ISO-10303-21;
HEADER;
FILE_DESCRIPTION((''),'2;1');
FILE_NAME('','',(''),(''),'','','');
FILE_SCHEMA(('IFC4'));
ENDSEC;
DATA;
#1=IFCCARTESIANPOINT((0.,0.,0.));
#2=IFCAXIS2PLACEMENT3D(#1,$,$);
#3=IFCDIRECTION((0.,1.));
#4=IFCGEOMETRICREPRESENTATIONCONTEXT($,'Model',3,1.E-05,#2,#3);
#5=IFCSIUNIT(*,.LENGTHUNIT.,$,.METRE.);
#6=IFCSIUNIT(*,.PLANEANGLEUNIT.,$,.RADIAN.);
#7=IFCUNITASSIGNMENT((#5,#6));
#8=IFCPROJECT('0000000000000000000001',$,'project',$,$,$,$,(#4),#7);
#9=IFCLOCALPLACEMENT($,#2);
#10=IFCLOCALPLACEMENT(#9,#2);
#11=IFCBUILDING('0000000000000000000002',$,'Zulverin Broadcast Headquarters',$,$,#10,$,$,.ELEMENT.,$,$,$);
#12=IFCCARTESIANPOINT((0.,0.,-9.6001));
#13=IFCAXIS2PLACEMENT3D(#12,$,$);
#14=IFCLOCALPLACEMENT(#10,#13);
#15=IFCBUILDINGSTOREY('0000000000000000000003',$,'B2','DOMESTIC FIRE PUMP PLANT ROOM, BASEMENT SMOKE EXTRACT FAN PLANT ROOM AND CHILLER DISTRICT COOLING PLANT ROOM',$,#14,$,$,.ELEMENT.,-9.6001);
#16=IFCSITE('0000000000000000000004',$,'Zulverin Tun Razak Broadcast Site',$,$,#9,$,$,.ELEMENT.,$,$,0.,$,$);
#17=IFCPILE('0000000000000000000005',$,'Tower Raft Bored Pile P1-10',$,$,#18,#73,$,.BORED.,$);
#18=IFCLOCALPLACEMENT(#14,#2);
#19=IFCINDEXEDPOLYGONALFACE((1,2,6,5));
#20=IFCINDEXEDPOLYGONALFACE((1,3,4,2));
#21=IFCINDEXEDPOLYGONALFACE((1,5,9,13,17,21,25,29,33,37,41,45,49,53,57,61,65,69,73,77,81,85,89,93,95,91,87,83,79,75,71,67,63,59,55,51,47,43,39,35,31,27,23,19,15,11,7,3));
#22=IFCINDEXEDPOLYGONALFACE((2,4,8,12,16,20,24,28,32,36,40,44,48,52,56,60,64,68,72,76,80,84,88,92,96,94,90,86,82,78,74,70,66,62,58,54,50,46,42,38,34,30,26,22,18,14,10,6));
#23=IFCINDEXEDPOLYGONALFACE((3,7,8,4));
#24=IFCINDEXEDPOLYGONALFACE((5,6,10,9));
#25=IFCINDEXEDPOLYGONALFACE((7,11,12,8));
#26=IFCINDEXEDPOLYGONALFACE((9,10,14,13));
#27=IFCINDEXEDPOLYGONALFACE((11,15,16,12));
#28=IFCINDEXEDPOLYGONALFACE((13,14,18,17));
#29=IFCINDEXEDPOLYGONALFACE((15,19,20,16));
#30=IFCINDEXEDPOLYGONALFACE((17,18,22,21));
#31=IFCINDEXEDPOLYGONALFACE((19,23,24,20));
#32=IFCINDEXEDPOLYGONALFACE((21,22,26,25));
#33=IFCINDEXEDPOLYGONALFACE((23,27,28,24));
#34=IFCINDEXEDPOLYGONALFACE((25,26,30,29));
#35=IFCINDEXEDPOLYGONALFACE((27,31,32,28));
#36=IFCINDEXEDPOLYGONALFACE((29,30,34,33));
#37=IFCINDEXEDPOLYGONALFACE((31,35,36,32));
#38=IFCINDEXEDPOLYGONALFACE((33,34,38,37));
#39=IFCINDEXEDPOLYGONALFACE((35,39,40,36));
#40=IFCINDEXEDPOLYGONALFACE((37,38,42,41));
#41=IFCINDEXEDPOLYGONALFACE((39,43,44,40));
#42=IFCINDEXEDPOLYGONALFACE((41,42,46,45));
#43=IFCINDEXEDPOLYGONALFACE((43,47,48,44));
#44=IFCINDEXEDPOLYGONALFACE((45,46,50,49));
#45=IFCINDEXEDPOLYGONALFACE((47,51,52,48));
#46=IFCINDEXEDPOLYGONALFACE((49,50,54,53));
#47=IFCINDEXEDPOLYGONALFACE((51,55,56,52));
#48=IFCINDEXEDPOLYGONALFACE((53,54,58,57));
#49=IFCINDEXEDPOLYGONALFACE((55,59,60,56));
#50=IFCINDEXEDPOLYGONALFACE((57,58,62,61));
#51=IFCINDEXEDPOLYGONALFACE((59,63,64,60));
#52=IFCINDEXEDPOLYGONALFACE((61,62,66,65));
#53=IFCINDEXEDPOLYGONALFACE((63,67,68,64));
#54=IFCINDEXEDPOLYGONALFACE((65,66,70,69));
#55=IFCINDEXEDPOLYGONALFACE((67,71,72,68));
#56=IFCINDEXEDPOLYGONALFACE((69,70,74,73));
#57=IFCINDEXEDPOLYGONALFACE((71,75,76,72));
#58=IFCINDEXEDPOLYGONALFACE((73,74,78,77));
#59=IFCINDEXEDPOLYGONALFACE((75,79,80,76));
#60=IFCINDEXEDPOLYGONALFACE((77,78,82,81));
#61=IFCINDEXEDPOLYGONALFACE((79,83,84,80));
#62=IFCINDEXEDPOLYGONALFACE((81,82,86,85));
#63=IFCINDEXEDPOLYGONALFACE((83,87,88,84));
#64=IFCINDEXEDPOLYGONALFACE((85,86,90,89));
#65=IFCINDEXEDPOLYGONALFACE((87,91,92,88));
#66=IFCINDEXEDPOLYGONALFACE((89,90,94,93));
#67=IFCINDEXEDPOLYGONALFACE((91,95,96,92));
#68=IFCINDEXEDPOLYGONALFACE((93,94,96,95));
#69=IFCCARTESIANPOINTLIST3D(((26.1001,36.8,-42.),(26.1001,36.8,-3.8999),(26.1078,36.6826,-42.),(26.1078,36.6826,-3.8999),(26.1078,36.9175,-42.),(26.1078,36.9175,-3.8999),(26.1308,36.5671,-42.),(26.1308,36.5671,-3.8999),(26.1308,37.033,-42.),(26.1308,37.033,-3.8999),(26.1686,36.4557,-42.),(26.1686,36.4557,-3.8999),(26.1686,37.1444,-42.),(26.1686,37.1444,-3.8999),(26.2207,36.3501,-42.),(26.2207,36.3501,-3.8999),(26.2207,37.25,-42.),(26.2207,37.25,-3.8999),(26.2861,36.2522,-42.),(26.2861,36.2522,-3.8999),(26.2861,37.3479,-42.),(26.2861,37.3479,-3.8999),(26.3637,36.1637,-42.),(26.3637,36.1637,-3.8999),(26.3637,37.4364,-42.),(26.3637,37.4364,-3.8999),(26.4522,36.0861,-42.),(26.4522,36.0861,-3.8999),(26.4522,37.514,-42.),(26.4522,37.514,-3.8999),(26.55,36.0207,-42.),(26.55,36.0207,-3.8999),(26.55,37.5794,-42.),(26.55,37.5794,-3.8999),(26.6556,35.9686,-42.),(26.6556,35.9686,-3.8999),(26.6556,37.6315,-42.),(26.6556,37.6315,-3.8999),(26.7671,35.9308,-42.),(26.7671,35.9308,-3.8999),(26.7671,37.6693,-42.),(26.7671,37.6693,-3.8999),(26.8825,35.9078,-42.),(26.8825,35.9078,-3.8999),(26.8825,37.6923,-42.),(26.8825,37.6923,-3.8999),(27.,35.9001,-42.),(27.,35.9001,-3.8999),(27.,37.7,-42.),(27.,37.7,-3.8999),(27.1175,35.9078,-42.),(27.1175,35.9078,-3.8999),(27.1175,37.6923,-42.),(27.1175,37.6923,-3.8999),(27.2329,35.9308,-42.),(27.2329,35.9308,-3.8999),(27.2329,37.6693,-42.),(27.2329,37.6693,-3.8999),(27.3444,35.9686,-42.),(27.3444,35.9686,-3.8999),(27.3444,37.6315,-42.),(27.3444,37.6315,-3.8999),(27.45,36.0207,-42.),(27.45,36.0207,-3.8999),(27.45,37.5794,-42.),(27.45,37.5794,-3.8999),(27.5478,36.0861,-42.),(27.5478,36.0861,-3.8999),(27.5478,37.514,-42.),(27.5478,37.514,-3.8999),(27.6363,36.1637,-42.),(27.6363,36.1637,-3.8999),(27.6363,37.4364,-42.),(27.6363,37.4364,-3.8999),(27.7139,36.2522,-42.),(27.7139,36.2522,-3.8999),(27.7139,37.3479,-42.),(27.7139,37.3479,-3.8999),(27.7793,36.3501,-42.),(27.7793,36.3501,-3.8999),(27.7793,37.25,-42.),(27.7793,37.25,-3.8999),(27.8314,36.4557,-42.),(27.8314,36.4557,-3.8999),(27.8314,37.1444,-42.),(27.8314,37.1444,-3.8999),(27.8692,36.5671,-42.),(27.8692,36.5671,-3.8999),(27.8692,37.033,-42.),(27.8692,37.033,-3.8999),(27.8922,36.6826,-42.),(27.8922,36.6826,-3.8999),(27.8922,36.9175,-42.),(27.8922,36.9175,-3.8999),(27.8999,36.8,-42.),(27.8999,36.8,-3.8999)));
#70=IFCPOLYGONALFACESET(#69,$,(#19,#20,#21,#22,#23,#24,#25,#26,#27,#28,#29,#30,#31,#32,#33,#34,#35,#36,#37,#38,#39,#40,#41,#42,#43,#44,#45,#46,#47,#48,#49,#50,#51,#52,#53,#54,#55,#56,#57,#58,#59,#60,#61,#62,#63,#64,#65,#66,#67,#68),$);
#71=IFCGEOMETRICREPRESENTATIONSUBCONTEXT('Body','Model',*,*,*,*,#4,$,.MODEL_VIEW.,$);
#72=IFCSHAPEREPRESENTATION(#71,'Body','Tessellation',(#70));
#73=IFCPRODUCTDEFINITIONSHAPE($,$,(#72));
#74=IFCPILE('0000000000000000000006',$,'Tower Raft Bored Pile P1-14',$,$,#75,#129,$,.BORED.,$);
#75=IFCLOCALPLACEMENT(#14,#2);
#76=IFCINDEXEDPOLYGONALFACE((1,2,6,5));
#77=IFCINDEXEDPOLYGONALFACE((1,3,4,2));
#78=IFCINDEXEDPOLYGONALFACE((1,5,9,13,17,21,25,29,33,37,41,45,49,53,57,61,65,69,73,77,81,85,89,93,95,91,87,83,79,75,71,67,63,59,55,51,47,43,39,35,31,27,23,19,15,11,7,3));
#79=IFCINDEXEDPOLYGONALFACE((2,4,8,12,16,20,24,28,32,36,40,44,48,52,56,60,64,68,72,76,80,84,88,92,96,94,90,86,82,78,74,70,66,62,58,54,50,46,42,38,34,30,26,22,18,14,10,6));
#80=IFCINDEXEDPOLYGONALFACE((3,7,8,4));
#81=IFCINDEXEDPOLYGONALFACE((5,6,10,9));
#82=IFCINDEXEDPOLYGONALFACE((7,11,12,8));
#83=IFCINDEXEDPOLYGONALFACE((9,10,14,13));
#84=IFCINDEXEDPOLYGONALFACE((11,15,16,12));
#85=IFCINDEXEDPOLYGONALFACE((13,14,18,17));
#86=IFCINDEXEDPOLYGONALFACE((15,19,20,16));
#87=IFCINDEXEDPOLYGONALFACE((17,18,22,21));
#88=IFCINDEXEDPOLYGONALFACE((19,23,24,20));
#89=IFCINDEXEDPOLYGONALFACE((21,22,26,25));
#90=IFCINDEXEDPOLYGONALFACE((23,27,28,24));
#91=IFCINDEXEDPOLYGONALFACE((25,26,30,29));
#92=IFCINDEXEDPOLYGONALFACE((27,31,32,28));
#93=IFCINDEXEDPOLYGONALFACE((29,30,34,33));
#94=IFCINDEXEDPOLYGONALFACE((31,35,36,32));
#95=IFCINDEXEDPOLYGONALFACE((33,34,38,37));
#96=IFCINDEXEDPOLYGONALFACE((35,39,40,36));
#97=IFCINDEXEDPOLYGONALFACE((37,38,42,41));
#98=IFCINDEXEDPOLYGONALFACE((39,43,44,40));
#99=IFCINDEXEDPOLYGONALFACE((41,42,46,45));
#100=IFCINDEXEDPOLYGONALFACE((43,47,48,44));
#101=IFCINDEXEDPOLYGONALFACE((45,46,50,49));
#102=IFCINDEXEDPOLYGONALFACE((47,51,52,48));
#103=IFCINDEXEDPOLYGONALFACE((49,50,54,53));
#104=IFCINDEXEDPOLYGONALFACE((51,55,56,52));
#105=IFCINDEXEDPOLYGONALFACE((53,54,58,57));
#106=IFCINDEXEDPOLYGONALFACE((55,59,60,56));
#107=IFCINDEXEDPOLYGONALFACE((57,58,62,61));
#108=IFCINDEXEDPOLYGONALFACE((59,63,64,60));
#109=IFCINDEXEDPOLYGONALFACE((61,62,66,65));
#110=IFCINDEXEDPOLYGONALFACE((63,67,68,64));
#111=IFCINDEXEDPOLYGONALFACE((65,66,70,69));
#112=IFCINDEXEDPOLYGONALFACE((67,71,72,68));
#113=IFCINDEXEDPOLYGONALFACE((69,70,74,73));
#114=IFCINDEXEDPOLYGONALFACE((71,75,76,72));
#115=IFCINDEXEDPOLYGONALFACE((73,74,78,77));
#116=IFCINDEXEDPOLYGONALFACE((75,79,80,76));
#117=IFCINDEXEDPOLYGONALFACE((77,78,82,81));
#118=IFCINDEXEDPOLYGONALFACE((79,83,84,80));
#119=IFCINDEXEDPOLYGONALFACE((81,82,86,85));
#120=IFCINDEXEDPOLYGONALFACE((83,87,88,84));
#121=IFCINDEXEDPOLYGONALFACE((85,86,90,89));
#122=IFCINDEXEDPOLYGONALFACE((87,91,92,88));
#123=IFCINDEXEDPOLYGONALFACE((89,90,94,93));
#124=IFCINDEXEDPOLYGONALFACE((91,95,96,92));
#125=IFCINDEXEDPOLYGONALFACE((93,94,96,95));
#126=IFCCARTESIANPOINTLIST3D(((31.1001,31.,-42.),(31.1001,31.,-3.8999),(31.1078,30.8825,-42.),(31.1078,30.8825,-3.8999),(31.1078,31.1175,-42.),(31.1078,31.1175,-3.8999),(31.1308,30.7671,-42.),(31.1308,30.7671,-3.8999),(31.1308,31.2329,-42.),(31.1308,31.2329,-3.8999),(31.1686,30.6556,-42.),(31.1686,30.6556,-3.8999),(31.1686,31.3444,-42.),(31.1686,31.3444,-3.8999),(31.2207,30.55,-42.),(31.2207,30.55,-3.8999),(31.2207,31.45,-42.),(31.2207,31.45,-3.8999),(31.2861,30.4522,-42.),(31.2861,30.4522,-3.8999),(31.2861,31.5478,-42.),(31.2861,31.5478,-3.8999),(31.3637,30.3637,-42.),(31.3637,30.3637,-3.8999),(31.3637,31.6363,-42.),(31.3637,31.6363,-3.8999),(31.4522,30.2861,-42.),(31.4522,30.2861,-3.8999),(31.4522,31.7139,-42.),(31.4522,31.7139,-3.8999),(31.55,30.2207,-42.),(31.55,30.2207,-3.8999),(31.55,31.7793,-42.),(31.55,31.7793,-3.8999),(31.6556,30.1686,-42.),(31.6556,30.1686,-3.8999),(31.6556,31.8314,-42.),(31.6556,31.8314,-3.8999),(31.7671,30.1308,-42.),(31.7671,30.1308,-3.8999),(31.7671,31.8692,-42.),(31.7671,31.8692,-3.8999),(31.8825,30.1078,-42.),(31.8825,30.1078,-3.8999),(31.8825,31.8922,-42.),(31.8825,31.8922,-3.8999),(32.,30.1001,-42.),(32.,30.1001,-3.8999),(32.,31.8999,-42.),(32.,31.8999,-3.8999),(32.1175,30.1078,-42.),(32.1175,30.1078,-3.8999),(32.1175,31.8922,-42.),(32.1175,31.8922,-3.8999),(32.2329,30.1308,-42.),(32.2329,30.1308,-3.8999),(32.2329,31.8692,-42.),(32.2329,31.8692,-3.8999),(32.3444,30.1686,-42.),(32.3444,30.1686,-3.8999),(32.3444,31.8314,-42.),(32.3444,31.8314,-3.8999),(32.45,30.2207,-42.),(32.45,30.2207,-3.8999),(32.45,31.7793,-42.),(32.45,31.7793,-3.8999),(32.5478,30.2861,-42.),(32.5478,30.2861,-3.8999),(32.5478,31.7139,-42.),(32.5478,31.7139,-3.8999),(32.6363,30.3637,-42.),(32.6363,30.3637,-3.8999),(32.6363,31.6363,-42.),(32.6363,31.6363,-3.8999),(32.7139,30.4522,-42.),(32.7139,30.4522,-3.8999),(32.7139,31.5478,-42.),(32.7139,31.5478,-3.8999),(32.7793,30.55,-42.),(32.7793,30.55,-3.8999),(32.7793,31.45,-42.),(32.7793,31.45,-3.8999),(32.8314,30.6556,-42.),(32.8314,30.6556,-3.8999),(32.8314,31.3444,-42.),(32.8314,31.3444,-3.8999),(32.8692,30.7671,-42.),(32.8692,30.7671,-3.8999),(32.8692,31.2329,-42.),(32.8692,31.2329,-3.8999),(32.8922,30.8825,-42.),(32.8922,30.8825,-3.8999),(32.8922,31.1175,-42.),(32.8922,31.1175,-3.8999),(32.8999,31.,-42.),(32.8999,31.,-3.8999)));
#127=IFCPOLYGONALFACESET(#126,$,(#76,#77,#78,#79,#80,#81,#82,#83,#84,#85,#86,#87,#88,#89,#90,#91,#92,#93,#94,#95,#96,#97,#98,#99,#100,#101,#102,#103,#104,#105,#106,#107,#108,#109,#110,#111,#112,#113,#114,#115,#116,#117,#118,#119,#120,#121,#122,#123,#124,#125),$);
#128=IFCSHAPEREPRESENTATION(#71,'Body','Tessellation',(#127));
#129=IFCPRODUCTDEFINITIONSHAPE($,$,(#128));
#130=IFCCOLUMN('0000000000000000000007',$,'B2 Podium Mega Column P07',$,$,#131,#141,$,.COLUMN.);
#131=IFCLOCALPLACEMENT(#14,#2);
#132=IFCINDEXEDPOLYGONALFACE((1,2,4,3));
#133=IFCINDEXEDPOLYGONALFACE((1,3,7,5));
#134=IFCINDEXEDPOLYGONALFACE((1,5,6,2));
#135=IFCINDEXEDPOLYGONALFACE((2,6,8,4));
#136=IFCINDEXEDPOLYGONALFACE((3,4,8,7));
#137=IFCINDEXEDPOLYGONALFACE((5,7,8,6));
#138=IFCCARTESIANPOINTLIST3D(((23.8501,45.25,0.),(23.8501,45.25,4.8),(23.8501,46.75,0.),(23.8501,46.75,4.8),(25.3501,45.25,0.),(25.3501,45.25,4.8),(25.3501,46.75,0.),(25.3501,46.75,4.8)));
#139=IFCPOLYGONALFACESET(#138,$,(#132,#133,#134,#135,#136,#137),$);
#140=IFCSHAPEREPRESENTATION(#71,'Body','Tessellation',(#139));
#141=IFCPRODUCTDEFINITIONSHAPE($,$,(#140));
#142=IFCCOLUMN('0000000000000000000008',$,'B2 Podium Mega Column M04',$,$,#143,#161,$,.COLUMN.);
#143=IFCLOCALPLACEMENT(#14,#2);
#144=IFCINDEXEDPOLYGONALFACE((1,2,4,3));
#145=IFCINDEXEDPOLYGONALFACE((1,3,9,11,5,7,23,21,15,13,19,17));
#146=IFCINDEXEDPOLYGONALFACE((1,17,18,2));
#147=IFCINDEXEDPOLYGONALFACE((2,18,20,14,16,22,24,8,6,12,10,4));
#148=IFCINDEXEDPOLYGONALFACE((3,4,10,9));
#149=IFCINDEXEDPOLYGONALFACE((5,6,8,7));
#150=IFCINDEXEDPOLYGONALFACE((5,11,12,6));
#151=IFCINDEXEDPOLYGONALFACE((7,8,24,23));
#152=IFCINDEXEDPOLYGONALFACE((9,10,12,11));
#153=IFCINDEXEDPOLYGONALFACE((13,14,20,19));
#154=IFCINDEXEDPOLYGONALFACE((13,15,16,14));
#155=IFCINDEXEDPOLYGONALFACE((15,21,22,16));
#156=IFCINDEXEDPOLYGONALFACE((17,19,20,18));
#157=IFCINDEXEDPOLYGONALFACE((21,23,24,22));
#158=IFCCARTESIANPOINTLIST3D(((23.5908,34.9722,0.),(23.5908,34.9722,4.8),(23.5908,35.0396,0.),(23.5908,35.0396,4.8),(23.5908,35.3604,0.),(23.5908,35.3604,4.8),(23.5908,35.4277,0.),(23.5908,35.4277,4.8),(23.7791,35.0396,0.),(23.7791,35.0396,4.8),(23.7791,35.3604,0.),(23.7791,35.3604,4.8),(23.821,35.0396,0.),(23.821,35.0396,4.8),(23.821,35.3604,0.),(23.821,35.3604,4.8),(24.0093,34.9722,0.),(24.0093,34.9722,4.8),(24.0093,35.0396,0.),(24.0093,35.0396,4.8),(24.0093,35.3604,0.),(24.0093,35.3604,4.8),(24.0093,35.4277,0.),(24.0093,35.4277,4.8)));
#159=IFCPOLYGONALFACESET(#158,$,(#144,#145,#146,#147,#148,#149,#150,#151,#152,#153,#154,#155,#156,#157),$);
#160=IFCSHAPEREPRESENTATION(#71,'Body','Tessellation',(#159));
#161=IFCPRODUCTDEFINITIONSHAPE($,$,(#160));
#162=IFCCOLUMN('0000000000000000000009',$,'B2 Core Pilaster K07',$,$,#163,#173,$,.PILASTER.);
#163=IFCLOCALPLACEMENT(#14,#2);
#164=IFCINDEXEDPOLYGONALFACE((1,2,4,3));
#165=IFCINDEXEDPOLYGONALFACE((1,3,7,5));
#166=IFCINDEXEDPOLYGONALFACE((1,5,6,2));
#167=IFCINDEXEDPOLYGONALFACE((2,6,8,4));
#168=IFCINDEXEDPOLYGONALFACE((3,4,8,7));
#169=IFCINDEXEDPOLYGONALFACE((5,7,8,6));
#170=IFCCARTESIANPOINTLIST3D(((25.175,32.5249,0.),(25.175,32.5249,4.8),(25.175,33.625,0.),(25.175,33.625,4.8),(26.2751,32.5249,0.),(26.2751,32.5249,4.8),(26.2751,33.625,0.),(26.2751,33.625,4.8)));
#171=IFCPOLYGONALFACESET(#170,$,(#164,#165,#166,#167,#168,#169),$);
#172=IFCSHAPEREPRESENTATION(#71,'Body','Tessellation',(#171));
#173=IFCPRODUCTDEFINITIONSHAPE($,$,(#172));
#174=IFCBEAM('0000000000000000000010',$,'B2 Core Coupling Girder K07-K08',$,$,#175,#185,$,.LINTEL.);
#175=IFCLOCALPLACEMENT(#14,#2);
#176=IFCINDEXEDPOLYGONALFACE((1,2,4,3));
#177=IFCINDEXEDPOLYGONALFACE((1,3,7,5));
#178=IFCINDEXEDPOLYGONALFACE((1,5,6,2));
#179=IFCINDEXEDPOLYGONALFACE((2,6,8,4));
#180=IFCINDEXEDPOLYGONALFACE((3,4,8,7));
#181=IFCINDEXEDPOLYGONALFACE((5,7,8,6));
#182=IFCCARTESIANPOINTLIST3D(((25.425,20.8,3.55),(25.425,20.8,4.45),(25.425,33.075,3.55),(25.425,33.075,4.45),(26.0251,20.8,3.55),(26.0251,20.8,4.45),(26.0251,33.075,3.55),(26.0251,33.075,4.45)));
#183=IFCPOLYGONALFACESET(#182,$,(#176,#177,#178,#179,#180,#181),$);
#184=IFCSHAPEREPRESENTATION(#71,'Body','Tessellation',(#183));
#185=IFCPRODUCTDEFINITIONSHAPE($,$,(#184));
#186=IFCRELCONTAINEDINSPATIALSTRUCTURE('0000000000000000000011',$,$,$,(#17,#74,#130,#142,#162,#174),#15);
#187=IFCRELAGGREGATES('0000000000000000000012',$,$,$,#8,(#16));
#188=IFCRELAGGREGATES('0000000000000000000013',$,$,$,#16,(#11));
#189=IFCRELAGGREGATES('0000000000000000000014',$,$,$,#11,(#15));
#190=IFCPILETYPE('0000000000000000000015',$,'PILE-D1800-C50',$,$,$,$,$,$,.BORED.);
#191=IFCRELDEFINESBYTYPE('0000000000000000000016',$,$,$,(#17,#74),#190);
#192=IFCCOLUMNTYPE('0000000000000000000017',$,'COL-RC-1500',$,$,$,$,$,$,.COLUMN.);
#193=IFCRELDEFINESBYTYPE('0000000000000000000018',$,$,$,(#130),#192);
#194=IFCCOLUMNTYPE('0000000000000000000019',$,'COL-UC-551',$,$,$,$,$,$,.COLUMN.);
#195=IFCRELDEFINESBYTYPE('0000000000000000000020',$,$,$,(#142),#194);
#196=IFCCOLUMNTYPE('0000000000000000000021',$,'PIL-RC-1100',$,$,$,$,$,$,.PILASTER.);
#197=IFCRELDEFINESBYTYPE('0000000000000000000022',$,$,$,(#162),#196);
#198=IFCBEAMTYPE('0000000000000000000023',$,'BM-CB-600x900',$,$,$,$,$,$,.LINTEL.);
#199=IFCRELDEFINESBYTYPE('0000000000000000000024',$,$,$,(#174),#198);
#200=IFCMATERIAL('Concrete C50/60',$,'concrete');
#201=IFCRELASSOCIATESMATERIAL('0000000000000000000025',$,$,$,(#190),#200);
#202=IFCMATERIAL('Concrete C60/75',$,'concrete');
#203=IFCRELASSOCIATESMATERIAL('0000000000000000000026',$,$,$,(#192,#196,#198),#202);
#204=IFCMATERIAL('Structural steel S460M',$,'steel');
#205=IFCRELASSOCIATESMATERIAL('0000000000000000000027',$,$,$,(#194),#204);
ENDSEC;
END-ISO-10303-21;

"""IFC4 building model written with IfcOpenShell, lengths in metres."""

from ifc_helpers import new_model, si_unit, direction, frame, origin, origin_2d, place, context, subcontext, project, spatial, rectangle, circle, i_section, extrude, material, material_profile, profile_set, type_object, element, save


model = new_model("IFC4")

# Units and contexts
model_context = context("Model", 3, precision=1e-05, world=origin(), true_north=direction((0.0, 1.0)))
body_context = subcontext(model_context, "Body", "Model", "MODEL_VIEW")
ifc_project = project(units=[si_unit("LENGTHUNIT", "METRE"), si_unit("PLANEANGLEUNIT", "RADIAN")], contexts=[model_context])

# Site, building, storey
site_placement = place(None, origin())
site = spatial("IfcSite", under=ifc_project, at=site_placement, Name="Zulverin Tun Razak Broadcast Site", CompositionType="ELEMENT", RefElevation=0.0)
building_placement = place(site_placement, origin())
building = spatial("IfcBuilding", under=site, at=building_placement, Name="Zulverin Broadcast Headquarters", CompositionType="ELEMENT")
storey_placement = place(building_placement, frame((0.0, 0.0, -9.6001)))
storey = spatial("IfcBuildingStorey", under=building, at=storey_placement, Name="B2", Description="DOMESTIC FIRE PUMP PLANT ROOM, BASEMENT SMOKE EXTRACT FAN PLANT ROOM AND CHILLER DISTRICT COOLING PLANT ROOM", CompositionType="ELEMENT", Elevation=-9.6001)

# Shared definitions
ifc_material_1 = material(Name="Concrete C50/60", Category="concrete")

# Piles
ifc_material_profile_1 = material_profile(ifc_material_1, circle(Radius=0.8999, at=origin_2d()), Name="Concrete C50/60", Category="concrete")
ifc_profile_set_1 = profile_set([ifc_material_profile_1], Name="Concrete C50/60")
pile_type_1 = type_object("IfcPileType", Name="PILE-D1800-C50", PredefinedType="BORED", material=ifc_profile_set_1)
for number, where, z_axis, x_axis, name in (
    (1, (27.0, 36.8, -3.8999), (0.0, 0.0, -1.0), (1.0, 0.0, 0.0), "Tower Raft Bored Pile P1-10"),
    (2, (32.0, 31.0, -3.8999), (0.0, 0.0, -1.0), (1.0, 0.0, 0.0), "Tower Raft Bored Pile P1-14"),
):
    element("IfcPile", number, at=place(storey_placement, frame(where, z_axis=z_axis, x_axis=x_axis)), inside=storey, type_object=pile_type_1, Name=name, PredefinedType="BORED", context=body_context, shape_type="SweptSolid", body=[
        extrude(circle(Radius=0.8999, at=origin_2d()), origin(), (0.0, 0.0, 1.0), 38.1001),
    ])

# Columns
ifc_material_2 = material(Name="Concrete C60/75", Category="concrete")
ifc_material_profile_2 = material_profile(ifc_material_2, rectangle(XDim=1.5, YDim=1.5, at=origin_2d()), Name="Concrete C60/75", Category="concrete")
ifc_profile_set_2 = profile_set([ifc_material_profile_2], Name="Concrete C60/75")
column_type_1 = type_object("IfcColumnType", Name="COL-RC-1500", PredefinedType="COLUMN", material=ifc_profile_set_2)
column_1_placement = place(storey_placement, frame((24.6001, 46.0, 0.0), z_axis=(0.0, 0.0, 1.0), x_axis=(1.0, 0.0, 0.0)))
element("IfcColumn", 3, at=column_1_placement, inside=storey, type_object=column_type_1, Name="B2 Podium Mega Column P07", PredefinedType="COLUMN", context=body_context, shape_type="SweptSolid", body=[
    extrude(rectangle(XDim=1.5, YDim=1.5, at=origin_2d()), origin(), (0.0, 0.0, 1.0), 4.8),
])
ifc_material_3 = material(Name="Structural steel S460M", Category="steel")
ifc_material_profile_3 = material_profile(ifc_material_3, i_section(OverallWidth=0.4185, OverallDepth=0.4556, WebThickness=0.042, FlangeThickness=0.0674, at=origin_2d()), Name="Structural steel S460M", Category="steel")
ifc_profile_set_3 = profile_set([ifc_material_profile_3], Name="Structural steel S460M")
column_type_2 = type_object("IfcColumnType", Name="COL-UC-551", PredefinedType="COLUMN", material=ifc_profile_set_3)
column_2_placement = place(storey_placement, frame((23.8, 35.2, 0.0), z_axis=(0.0, 0.0, 1.0), x_axis=(1.0, 0.0, 0.0)))
element("IfcColumn", 4, at=column_2_placement, inside=storey, type_object=column_type_2, Name="B2 Podium Mega Column M04", PredefinedType="COLUMN", context=body_context, shape_type="SweptSolid", body=[
    extrude(i_section(OverallWidth=0.4185, OverallDepth=0.4556, WebThickness=0.042, FlangeThickness=0.0674, at=origin_2d()), origin(), (0.0, 0.0, 1.0), 4.8),
])
ifc_material_profile_4 = material_profile(ifc_material_2, rectangle(XDim=1.1001, YDim=1.1001, at=origin_2d()), Name="Concrete C60/75", Category="concrete")
ifc_profile_set_4 = profile_set([ifc_material_profile_4], Name="Concrete C60/75")
column_type_3 = type_object("IfcColumnType", Name="PIL-RC-1100", PredefinedType="PILASTER", material=ifc_profile_set_4)
column_3_placement = place(storey_placement, frame((25.7251, 33.075, 0.0), z_axis=(0.0, 0.0, 1.0), x_axis=(1.0, 0.0, 0.0)))
element("IfcColumn", 5, at=column_3_placement, inside=storey, type_object=column_type_3, Name="B2 Core Pilaster K07", PredefinedType="PILASTER", context=body_context, shape_type="SweptSolid", body=[
    extrude(rectangle(XDim=1.1001, YDim=1.1001, at=origin_2d()), origin(), (0.0, 0.0, 1.0), 4.8),
])

# Beam
ifc_material_profile_5 = material_profile(ifc_material_2, rectangle(XDim=0.6001, YDim=0.8999, at=origin_2d()), Name="Concrete C60/75", Category="concrete")
ifc_profile_set_5 = profile_set([ifc_material_profile_5], Name="Concrete C60/75")
beam_type_1 = type_object("IfcBeamType", Name="BM-CB-600x900", PredefinedType="LINTEL", material=ifc_profile_set_5)
beam_1_placement = place(storey_placement, frame((25.7251, 33.075, 4.0), z_axis=(0.0, -1.0, 0.0), x_axis=(1.0, 0.0, 0.0)))
element("IfcBeam", 6, at=beam_1_placement, inside=storey, type_object=beam_type_1, Name="B2 Core Coupling Girder K07-K08", PredefinedType="LINTEL", context=body_context, shape_type="SweptSolid", body=[
    extrude(rectangle(XDim=0.6001, YDim=0.8999, at=origin_2d()), origin(), (0.0, 0.0, 1.0), 12.2749),
])

save(model, "model.ifc")
